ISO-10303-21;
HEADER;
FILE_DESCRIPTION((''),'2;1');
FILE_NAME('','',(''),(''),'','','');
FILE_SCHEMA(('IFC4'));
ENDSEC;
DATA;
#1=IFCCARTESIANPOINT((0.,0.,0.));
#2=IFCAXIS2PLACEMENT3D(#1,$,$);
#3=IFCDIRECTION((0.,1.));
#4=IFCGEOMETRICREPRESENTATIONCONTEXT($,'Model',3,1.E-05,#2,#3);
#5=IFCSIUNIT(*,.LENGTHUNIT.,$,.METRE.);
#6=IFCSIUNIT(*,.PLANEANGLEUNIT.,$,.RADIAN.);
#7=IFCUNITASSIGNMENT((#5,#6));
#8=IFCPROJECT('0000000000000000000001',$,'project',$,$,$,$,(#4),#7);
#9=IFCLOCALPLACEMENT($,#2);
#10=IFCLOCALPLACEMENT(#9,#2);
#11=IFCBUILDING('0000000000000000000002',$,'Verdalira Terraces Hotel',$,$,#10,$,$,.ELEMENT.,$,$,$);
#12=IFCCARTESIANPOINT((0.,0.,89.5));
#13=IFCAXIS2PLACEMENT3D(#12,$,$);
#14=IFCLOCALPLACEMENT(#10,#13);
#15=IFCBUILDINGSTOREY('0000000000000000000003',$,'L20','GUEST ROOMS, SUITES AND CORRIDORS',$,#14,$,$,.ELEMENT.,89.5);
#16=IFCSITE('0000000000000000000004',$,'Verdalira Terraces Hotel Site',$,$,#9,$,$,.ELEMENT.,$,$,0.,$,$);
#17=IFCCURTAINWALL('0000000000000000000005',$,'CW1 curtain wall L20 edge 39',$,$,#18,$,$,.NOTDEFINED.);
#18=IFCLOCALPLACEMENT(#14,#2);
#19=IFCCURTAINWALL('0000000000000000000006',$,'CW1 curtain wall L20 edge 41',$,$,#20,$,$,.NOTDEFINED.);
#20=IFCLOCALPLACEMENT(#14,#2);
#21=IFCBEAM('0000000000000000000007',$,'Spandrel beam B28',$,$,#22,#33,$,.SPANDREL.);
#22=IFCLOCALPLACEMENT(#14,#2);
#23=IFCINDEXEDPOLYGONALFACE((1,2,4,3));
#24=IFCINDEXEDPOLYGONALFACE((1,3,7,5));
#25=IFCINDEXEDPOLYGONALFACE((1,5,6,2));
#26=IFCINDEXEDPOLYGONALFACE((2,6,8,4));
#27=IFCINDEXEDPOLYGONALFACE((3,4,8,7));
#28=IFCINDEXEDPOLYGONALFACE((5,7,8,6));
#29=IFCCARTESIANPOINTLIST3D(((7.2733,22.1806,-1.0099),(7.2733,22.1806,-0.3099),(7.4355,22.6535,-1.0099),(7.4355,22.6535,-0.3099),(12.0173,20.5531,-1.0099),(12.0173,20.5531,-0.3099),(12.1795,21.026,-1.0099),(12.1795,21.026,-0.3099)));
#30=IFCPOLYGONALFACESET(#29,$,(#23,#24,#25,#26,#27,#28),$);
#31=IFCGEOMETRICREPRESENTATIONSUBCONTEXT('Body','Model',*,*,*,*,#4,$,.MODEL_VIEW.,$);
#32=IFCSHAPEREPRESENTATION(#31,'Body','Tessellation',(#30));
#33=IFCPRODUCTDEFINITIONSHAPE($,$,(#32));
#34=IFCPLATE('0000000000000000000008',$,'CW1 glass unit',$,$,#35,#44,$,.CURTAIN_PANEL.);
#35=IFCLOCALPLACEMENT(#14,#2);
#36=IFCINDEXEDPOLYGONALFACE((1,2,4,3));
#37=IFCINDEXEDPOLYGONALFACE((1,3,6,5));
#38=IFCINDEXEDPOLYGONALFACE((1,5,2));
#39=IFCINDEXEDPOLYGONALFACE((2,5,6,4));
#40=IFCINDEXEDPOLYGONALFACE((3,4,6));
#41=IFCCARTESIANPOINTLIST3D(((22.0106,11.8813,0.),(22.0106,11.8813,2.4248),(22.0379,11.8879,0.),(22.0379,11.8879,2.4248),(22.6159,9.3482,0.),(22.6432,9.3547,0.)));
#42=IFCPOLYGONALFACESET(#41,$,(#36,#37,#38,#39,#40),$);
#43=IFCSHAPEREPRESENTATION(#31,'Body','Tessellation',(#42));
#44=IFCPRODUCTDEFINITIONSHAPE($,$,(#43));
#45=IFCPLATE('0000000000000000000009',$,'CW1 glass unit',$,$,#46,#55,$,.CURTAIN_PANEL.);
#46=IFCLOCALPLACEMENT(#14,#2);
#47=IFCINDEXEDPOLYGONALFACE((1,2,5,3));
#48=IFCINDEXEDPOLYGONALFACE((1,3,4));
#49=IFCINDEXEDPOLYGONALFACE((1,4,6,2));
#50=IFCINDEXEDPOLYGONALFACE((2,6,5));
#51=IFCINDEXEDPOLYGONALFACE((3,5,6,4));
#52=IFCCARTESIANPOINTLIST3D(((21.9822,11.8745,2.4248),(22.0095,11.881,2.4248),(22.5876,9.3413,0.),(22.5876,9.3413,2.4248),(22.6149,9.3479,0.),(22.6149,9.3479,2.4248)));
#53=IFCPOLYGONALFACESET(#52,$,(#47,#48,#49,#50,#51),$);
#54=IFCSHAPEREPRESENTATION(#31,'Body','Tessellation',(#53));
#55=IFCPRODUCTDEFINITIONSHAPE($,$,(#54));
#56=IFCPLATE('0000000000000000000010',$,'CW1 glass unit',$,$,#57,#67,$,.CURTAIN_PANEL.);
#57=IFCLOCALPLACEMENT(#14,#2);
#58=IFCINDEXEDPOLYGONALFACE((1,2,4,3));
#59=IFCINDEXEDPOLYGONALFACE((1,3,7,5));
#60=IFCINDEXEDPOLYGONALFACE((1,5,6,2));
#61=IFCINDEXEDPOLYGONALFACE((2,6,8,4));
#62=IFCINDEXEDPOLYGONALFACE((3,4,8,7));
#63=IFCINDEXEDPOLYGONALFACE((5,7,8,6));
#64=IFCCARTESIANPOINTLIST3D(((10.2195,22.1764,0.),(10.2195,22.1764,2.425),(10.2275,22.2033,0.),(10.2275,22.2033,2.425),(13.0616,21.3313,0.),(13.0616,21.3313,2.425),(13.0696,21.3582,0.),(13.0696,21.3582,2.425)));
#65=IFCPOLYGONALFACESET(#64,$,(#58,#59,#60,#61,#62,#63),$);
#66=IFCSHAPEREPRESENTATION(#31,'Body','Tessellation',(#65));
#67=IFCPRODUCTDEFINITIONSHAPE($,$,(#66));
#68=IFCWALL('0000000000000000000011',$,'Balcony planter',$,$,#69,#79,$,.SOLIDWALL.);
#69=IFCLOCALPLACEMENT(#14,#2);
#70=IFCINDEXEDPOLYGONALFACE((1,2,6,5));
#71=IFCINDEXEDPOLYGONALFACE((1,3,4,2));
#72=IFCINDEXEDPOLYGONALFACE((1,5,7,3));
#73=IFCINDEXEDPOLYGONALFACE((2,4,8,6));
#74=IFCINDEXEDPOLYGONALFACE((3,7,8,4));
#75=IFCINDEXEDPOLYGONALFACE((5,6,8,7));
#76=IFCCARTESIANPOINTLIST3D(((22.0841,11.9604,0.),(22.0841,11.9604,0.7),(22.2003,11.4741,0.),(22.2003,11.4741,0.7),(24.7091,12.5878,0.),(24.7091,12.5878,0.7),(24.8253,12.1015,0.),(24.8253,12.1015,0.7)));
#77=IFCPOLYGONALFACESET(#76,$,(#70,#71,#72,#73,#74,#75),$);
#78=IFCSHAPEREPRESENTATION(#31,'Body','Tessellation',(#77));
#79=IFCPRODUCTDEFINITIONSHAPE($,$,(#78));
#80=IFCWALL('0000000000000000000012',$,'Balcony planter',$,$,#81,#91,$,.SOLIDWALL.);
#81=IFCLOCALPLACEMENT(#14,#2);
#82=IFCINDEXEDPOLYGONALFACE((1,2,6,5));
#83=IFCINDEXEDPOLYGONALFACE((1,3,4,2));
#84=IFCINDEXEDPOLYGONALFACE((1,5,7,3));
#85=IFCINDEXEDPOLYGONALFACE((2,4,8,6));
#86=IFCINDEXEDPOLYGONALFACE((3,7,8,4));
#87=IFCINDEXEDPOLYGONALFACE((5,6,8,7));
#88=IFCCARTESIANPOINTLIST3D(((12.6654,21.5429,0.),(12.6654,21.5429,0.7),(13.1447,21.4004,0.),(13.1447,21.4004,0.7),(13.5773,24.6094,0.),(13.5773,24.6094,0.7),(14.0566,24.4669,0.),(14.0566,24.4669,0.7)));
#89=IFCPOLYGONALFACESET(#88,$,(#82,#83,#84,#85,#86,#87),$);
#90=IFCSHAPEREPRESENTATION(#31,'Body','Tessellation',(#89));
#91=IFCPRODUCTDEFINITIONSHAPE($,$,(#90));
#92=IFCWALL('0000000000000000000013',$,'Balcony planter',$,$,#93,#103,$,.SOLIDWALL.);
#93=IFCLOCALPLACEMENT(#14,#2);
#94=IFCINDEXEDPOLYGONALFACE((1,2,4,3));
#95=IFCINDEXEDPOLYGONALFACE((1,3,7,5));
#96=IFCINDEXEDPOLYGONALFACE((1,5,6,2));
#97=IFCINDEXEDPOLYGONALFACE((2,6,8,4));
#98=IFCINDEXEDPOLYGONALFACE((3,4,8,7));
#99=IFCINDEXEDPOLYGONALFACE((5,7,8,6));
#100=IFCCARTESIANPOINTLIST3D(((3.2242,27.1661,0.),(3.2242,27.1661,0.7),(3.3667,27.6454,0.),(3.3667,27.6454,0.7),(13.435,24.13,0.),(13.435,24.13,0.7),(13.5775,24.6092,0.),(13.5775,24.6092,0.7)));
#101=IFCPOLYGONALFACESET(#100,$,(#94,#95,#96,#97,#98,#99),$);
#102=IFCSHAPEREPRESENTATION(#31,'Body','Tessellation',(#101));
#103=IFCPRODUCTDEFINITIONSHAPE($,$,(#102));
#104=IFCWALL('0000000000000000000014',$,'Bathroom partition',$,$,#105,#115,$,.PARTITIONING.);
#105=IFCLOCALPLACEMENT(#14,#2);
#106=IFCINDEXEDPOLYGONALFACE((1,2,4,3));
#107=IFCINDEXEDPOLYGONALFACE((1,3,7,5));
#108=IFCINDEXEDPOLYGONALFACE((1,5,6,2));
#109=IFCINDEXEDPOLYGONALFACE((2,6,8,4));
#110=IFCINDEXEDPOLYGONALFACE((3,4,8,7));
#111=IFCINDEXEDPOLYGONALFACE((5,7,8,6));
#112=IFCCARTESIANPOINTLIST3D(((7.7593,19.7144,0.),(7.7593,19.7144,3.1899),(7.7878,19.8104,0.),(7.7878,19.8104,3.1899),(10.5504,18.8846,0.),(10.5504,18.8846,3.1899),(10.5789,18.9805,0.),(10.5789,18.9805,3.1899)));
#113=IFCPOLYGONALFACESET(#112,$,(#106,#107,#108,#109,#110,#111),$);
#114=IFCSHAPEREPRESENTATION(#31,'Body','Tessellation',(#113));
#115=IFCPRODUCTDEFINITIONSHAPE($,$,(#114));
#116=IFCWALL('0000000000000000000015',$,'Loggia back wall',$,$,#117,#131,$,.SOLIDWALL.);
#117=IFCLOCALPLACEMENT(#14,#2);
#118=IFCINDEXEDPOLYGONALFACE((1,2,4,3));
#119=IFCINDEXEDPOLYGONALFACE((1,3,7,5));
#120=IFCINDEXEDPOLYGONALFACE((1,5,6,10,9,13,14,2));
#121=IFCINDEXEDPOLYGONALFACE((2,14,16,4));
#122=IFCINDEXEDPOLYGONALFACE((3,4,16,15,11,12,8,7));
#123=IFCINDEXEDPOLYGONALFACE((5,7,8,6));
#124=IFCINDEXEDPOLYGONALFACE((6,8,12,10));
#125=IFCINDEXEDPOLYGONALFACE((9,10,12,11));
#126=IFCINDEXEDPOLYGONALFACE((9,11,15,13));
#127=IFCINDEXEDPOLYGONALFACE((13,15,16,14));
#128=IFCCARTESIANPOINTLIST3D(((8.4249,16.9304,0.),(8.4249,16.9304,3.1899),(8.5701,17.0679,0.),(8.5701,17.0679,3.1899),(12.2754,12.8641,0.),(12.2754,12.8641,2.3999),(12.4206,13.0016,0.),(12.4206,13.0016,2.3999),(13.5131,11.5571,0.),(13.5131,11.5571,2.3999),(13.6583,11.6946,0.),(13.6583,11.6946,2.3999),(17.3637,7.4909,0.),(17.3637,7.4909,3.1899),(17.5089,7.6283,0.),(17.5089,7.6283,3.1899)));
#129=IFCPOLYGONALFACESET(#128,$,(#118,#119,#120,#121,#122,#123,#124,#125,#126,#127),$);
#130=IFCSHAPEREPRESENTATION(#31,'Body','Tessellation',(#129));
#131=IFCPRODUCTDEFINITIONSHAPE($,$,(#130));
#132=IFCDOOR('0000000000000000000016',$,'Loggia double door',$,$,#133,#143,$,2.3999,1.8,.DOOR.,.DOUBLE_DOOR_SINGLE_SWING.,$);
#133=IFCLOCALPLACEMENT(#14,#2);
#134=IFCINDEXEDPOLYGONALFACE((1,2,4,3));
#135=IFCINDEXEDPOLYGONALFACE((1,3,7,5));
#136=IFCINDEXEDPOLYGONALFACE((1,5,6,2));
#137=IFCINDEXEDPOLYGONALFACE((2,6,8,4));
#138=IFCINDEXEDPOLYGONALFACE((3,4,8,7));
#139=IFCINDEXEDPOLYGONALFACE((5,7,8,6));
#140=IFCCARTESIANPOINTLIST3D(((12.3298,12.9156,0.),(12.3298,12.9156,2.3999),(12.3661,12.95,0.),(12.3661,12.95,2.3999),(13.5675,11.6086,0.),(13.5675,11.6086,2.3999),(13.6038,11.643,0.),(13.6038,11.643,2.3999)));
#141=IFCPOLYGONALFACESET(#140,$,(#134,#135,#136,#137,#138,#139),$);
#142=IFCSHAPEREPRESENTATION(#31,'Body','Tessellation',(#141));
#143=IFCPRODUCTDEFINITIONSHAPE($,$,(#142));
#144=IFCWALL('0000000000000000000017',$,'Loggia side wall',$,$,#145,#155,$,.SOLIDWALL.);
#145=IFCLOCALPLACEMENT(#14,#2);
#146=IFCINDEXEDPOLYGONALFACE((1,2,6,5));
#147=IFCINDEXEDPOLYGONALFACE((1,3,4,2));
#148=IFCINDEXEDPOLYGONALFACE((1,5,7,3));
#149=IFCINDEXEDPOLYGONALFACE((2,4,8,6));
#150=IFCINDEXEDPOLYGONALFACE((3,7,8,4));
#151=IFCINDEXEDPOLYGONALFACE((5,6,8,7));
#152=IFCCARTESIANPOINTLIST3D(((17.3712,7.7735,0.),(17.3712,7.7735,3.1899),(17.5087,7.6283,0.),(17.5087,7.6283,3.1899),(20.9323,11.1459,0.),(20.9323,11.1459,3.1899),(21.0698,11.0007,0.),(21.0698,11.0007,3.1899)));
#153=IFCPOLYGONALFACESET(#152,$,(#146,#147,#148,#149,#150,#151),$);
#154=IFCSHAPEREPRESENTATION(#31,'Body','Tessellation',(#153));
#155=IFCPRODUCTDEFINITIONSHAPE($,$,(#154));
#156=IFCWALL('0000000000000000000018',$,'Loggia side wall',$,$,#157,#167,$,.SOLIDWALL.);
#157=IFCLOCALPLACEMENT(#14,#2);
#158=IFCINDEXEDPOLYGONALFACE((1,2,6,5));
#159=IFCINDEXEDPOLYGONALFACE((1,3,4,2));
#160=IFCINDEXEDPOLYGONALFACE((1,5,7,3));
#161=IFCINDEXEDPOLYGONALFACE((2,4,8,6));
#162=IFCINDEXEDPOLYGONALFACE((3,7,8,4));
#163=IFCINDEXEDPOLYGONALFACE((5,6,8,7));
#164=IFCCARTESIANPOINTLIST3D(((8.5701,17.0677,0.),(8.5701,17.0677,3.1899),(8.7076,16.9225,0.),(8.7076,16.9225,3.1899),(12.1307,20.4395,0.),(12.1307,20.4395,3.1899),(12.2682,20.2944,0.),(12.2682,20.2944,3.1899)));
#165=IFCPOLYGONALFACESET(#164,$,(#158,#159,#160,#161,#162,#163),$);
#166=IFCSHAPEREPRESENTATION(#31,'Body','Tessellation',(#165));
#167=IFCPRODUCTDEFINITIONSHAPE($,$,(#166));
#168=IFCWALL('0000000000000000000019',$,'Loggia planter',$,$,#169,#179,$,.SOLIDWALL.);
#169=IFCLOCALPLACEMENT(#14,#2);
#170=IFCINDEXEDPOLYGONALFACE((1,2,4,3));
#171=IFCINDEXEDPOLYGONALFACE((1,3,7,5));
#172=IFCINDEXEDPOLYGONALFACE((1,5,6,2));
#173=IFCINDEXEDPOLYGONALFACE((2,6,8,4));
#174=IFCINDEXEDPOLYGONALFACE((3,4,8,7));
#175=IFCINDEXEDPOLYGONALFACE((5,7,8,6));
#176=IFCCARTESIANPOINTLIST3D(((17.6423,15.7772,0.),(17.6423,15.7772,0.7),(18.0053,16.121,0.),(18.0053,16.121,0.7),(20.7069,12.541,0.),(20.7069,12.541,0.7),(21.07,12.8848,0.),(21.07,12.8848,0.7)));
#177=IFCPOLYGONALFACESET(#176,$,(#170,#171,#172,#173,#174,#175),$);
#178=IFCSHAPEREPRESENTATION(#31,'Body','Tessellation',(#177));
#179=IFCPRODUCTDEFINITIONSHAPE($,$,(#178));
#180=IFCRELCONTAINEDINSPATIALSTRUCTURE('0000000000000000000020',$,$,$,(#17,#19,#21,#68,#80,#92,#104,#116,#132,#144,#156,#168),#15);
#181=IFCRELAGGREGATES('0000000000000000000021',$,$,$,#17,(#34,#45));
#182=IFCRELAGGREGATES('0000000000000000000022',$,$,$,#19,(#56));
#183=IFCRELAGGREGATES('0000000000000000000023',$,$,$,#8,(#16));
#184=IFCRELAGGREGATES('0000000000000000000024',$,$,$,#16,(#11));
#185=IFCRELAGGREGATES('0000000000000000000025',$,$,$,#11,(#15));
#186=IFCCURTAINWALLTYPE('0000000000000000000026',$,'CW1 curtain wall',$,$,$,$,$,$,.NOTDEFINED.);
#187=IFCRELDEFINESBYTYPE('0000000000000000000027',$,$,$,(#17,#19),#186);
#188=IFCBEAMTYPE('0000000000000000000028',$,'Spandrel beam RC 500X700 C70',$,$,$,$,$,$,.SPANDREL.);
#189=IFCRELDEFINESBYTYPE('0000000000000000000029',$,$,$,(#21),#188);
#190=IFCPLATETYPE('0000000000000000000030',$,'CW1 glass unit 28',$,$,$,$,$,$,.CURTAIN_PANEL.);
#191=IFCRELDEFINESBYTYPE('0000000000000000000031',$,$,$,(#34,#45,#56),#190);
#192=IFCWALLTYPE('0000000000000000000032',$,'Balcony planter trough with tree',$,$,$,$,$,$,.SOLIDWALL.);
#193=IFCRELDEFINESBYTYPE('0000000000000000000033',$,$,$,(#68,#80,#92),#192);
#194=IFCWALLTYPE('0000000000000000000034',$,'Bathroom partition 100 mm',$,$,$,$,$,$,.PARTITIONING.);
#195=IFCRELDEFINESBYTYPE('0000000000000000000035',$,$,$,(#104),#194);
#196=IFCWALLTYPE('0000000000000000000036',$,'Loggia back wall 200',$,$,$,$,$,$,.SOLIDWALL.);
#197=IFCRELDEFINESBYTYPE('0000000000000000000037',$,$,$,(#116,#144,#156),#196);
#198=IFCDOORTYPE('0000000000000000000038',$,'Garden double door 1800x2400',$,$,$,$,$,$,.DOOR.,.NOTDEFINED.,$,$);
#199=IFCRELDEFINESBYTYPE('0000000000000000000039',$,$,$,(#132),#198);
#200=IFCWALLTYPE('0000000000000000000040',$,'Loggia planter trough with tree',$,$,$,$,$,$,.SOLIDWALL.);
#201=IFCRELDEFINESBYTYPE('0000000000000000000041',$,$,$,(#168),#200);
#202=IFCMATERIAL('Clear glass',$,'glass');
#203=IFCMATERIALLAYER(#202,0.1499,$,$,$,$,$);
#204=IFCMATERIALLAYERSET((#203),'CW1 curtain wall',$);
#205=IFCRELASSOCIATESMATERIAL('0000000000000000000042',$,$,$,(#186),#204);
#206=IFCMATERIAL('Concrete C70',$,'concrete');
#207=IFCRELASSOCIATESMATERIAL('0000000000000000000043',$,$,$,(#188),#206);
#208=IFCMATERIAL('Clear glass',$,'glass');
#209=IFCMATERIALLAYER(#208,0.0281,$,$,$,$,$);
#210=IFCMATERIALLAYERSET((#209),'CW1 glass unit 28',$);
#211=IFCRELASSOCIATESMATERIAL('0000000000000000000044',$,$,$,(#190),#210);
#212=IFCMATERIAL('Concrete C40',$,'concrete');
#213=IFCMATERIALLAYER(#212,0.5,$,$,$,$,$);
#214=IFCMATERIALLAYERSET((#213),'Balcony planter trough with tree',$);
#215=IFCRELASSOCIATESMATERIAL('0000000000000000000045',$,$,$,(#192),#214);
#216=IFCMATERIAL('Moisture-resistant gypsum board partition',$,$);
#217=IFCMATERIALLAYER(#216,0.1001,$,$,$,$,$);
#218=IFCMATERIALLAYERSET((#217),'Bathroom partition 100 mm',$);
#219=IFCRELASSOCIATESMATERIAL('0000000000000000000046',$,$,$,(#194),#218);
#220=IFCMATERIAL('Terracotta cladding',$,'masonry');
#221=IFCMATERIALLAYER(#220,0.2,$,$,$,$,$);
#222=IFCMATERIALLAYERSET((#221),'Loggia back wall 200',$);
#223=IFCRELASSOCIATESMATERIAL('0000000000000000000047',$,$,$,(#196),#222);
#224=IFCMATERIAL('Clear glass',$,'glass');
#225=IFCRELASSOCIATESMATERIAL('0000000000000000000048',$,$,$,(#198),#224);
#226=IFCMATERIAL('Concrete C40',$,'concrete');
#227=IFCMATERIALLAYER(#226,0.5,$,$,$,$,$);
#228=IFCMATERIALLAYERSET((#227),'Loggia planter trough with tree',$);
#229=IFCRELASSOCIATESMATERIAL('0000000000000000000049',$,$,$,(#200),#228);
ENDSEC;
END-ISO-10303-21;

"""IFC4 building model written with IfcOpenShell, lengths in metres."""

from ifc_helpers import new_model, si_unit, direction, frame, frame_2d, origin, origin_2d, place, context, subcontext, project, spatial, polyline, rectangle, outline, extrude, material, layer, layer_set, material_profile, profile_set, type_object, element, fill, aggregate, save


model = new_model("IFC4")

# Units and contexts
model_context = context("Model", 3, precision=1e-05, world=origin(), true_north=direction((0.0, 1.0)))
body_context = subcontext(model_context, "Body", "Model", "MODEL_VIEW")
ifc_project = project(units=[si_unit("LENGTHUNIT", "METRE"), si_unit("PLANEANGLEUNIT", "RADIAN")], contexts=[model_context])

# Site, building, storey
site_placement = place(None, origin())
site = spatial("IfcSite", under=ifc_project, at=site_placement, Name="Verdalira Terraces Hotel Site", CompositionType="ELEMENT", RefElevation=0.0)
building_placement = place(site_placement, origin())
building = spatial("IfcBuilding", under=site, at=building_placement, Name="Verdalira Terraces Hotel", CompositionType="ELEMENT")
storey_placement = place(building_placement, frame((0.0, 0.0, 89.5)))
storey = spatial("IfcBuildingStorey", under=building, at=storey_placement, Name="L20", Description="GUEST ROOMS, SUITES AND CORRIDORS", CompositionType="ELEMENT", Elevation=89.5)

# Curtain wall
ifc_material_1 = material(Name="Clear glass", Category="glass")
ifc_layer_1 = layer(ifc_material_1, 0.1499)
ifc_layer_set_1 = layer_set([ifc_layer_1], Name="CW1 curtain wall")
curtain_wall_type = type_object("IfcCurtainWallType", Name="CW1 curtain wall", PredefinedType="NOTDEFINED", material=ifc_layer_set_1)
curtain_wall_1_placement = place(storey_placement, origin())
curtain_wall_1 = element("IfcCurtainWall", 1, at=curtain_wall_1_placement, inside=storey, type_object=curtain_wall_type, Name="CW1 curtain wall L20 edge 39", PredefinedType="NOTDEFINED")

# Curtain wall
curtain_wall_2_placement = place(storey_placement, origin())
curtain_wall_2 = element("IfcCurtainWall", 2, at=curtain_wall_2_placement, inside=storey, type_object=curtain_wall_type, Name="CW1 curtain wall L20 edge 41", PredefinedType="NOTDEFINED")

# Beam
ifc_material_2 = material(Name="Concrete C70", Category="concrete")
ifc_material_profile_1 = material_profile(ifc_material_2, rectangle(XDim=0.5, YDim=0.7, at=origin_2d()), Name="RC 500X700")
ifc_profile_set_1 = profile_set([ifc_material_profile_1], Name="Concrete C70")
beam_type_1 = type_object("IfcBeamType", Name="Spandrel beam RC 500X700 C70", PredefinedType="SPANDREL", material=ifc_profile_set_1)
beam_1_placement = place(storey_placement, frame((12.0984, 20.7896, -0.6599), z_axis=(-0.945887, 0.324496, 0.0), x_axis=(-0.324496, -0.945887, 0.0)))
element("IfcBeam", 3, at=beam_1_placement, inside=storey, type_object=beam_type_1, Name="Spandrel beam B28", PredefinedType="SPANDREL", context=body_context, shape_type="SweptSolid", body=[
    extrude(rectangle(XDim=0.5, YDim=0.7, at=origin_2d()), origin(), (0.0, 0.0, 1.0), 5.0154),
])

# Plates
ifc_material_3 = material(Name="Clear glass", Category="glass")
ifc_layer_2 = layer(ifc_material_3, 0.0281)
ifc_layer_set_2 = layer_set([ifc_layer_2], Name="CW1 glass unit 28")
plate_type = type_object("IfcPlateType", Name="CW1 glass unit 28", PredefinedType="CURTAIN_PANEL", material=ifc_layer_set_2)
plate_1_placement = place(storey_placement, frame((22.3132, 10.6147, 1.2124), z_axis=(0.972614, 0.232427, 0.0), x_axis=(-0.232427, 0.972614, 0.0)))
plate_1 = element("IfcPlate", 4, at=plate_1_placement, type_object=plate_type, Name="CW1 glass unit", PredefinedType="CURTAIN_PANEL", context=body_context, shape_type="SweptSolid", body=[
    extrude(outline(polyline([(-1.3022, -1.2124), (1.3022, -1.2124), (1.3022, 1.2124), (-1.3022, -1.2124)])), origin(), (0.0, 0.0, 1.0), 0.0281),
])
plate_2_placement = place(storey_placement, frame((22.2849, 10.6079, 1.2124), z_axis=(0.972614, 0.232427, 0.0), x_axis=(-0.232427, 0.972614, 0.0)))
plate_2 = element("IfcPlate", 5, at=plate_2_placement, type_object=plate_type, Name="CW1 glass unit", PredefinedType="CURTAIN_PANEL", context=body_context, shape_type="SweptSolid", body=[
    extrude(outline(polyline([(-1.3022, -1.2124), (1.3022, 1.2124), (-1.3022, 1.2124), (-1.3022, -1.2124)])), origin(), (0.0, 0.0, 1.0), 0.0281),
])
aggregate(curtain_wall_1, [plate_1, plate_2])
plate_3_placement = place(storey_placement, frame((11.6445, 21.7673, 0.0), z_axis=(0.0, 0.0, 1.0), x_axis=(-0.958522, 0.285019, 0.0)))
plate_3 = element("IfcPlate", 6, at=plate_3_placement, type_object=plate_type, Name="CW1 glass unit", PredefinedType="CURTAIN_PANEL", context=body_context, shape_type="SweptSolid", body=[
    extrude(rectangle(XDim=2.9651, YDim=0.0281, at=origin_2d()), origin(), (0.0, 0.0, 1.0), 2.425),
])
aggregate(curtain_wall_2, [plate_3])

# Walls
ifc_material_4 = material(Name="Concrete C40", Category="concrete")
ifc_layer_3 = layer(ifc_material_4, 0.5)
ifc_layer_set_3 = layer_set([ifc_layer_3], Name="Balcony planter trough with tree")
wall_type_1 = type_object("IfcWallType", Name="Balcony planter trough with tree", PredefinedType="SOLIDWALL", material=ifc_layer_set_3)
wall_1_placement = place(storey_placement, frame((24.7673, 12.3447, 0.0), z_axis=(0.0, 0.0, 1.0), x_axis=(-0.972602, -0.232476, 0.0)))
element("IfcWall", 7, at=wall_1_placement, inside=storey, type_object=wall_type_1, Name="Balcony planter", PredefinedType="SOLIDWALL", context=body_context, shape_type="SweptSolid", body=[
    extrude(rectangle(XDim=2.699, YDim=0.5, at=frame_2d((1.3496, 0.0))), origin(), (0.0, 0.0, 1.0), 0.7),
])
wall_2_placement = place(storey_placement, frame((12.905, 21.4717, 0.0), z_axis=(0.0, 0.0, 1.0), x_axis=(0.285037, 0.958517, 0.0)))
element("IfcWall", 8, at=wall_2_placement, inside=storey, type_object=wall_type_1, Name="Balcony planter", PredefinedType="SOLIDWALL", context=body_context, shape_type="SweptSolid", body=[
    extrude(rectangle(XDim=3.1992, YDim=0.5, at=frame_2d((1.5996, 0.0))), origin(), (0.0, 0.0, 1.0), 0.7),
])
wall_3_placement = place(storey_placement, frame((13.5061, 24.3696, 0.0), z_axis=(0.0, 0.0, 1.0), x_axis=(-0.958523, 0.285015, 0.0)))
element("IfcWall", 9, at=wall_3_placement, inside=storey, type_object=wall_type_1, Name="Balcony planter", PredefinedType="SOLIDWALL", context=body_context, shape_type="SweptSolid", body=[
    extrude(rectangle(XDim=10.6526, YDim=0.5, at=frame_2d((5.3262, 0.0))), origin(), (0.0, 0.0, 1.0), 0.7),
])
ifc_material_5 = material(Name="Moisture-resistant gypsum board partition")
ifc_layer_4 = layer(ifc_material_5, 0.1001)
ifc_layer_set_4 = layer_set([ifc_layer_4], Name="Bathroom partition 100 mm")
wall_type_2 = type_object("IfcWallType", Name="Bathroom partition 100 mm", PredefinedType="PARTITIONING", material=ifc_layer_set_4)
wall_4_placement = place(storey_placement, frame((7.7734, 19.7625, 0.0), z_axis=(0.0, 0.0, 1.0), x_axis=(0.95853, -0.284993, 0.0)))
element("IfcWall", 10, at=wall_4_placement, inside=storey, type_object=wall_type_2, Name="Bathroom partition", PredefinedType="PARTITIONING", context=body_context, shape_type="SweptSolid", body=[
    extrude(rectangle(XDim=2.9119, YDim=0.1001, at=frame_2d((1.4561, 0.0))), origin(), (0.0, 0.0, 1.0), 3.1899),
])

# Wall, opening, door
ifc_material_6 = material(Name="Terracotta cladding", Category="masonry")
ifc_layer_5 = layer(ifc_material_6, 0.2)
ifc_layer_set_5 = layer_set([ifc_layer_5], Name="Loggia back wall 200")
wall_type_3 = type_object("IfcWallType", Name="Loggia back wall 200", PredefinedType="SOLIDWALL", material=ifc_layer_set_5)
wall_5_placement = place(storey_placement, frame((8.4976, 16.999, 0.0), z_axis=(0.0, 0.0, 1.0), x_axis=(0.687586, -0.726103, 0.0)))
wall_5 = element("IfcWall", 11, at=wall_5_placement, inside=storey, type_object=wall_type_3, Name="Loggia back wall", PredefinedType="SOLIDWALL", context=body_context, shape_type="SweptSolid", body=[
    extrude(rectangle(XDim=13.0002, YDim=0.2, at=frame_2d((6.5, 0.0))), origin(), (0.0, 0.0, 1.0), 3.1899),
])
opening_1_placement = place(wall_5_placement, frame((5.6001, 0.0, 0.0)))
opening_1 = element("IfcOpeningElement", 12, at=opening_1_placement, cuts=wall_5, PredefinedType="OPENING", context=body_context, shape_type="SweptSolid", body=[
    extrude(rectangle(XDim=1.8, YDim=2.3999, at=frame_2d((0.8999, 1.2))), frame((0.0, 0.1099, 0.0), z_axis=(0.0, -1.0, 0.0), x_axis=(1.0, 0.0, 0.0)), (0.0, 0.0, 1.0), 0.22),
])
ifc_material_7 = material(Name="Clear glass", Category="glass")
door_type_1 = type_object("IfcDoorType", Name="Garden double door 1800x2400", OperationType="NOTDEFINED", PredefinedType="DOOR", material=ifc_material_7)
door_1_placement = place(opening_1_placement, origin())
door_1 = element("IfcDoor", 13, at=door_1_placement, inside=storey, type_object=door_type_1, Name="Loggia double door", OperationType="DOUBLE_DOOR_SINGLE_SWING", OverallHeight=2.3999, OverallWidth=1.8, PredefinedType="DOOR", context=body_context, shape_type="SweptSolid", body=[
    extrude(rectangle(XDim=1.8, YDim=2.3999, at=frame_2d((0.8999, 1.2))), frame((0.0, 0.0249, 0.0), z_axis=(0.0, -1.0, 0.0), x_axis=(1.0, 0.0, 0.0)), (0.0, 0.0, 1.0), 0.05),
])
fill(opening_1, door_1)

# Walls
wall_6_placement = place(storey_placement, frame((21.001, 11.0732, 0.0), z_axis=(0.0, 0.0, 1.0), x_axis=(-0.726085, -0.687605, 0.0)))
element("IfcWall", 14, at=wall_6_placement, inside=storey, type_object=wall_type_3, Name="Loggia side wall", PredefinedType="SOLIDWALL", context=body_context, shape_type="SweptSolid", body=[
    extrude(rectangle(XDim=4.9045, YDim=0.2, at=frame_2d((2.4521, 0.0))), origin(), (0.0, 0.0, 1.0), 3.1899),
])
wall_7_placement = place(storey_placement, frame((12.1995, 20.3669, 0.0), z_axis=(0.0, 0.0, 1.0), x_axis=(-0.726087, -0.687602, 0.0)))
element("IfcWall", 15, at=wall_7_placement, inside=storey, type_object=wall_type_3, Name="Loggia side wall", PredefinedType="SOLIDWALL", context=body_context, shape_type="SweptSolid", body=[
    extrude(rectangle(XDim=4.9038, YDim=0.2, at=frame_2d((2.4519, 0.0))), origin(), (0.0, 0.0, 1.0), 3.1899),
])
ifc_material_8 = material(Name="Concrete C40", Category="concrete")
ifc_layer_6 = layer(ifc_material_8, 0.5)
ifc_layer_set_6 = layer_set([ifc_layer_6], Name="Loggia planter trough with tree")
wall_type_4 = type_object("IfcWallType", Name="Loggia planter trough with tree", PredefinedType="SOLIDWALL", material=ifc_layer_set_6)
wall_8_placement = place(storey_placement, frame((20.8884, 12.7129, 0.0), z_axis=(0.0, 0.0, 1.0), x_axis=(-0.687591, 0.726098, 0.0)))
element("IfcWall", 16, at=wall_8_placement, inside=storey, type_object=wall_type_4, Name="Loggia planter", PredefinedType="SOLIDWALL", context=body_context, shape_type="SweptSolid", body=[
    extrude(rectangle(XDim=4.457, YDim=0.5, at=frame_2d((2.2285, 0.0))), origin(), (0.0, 0.0, 1.0), 0.7),
])

save(model, "model.ifc")
